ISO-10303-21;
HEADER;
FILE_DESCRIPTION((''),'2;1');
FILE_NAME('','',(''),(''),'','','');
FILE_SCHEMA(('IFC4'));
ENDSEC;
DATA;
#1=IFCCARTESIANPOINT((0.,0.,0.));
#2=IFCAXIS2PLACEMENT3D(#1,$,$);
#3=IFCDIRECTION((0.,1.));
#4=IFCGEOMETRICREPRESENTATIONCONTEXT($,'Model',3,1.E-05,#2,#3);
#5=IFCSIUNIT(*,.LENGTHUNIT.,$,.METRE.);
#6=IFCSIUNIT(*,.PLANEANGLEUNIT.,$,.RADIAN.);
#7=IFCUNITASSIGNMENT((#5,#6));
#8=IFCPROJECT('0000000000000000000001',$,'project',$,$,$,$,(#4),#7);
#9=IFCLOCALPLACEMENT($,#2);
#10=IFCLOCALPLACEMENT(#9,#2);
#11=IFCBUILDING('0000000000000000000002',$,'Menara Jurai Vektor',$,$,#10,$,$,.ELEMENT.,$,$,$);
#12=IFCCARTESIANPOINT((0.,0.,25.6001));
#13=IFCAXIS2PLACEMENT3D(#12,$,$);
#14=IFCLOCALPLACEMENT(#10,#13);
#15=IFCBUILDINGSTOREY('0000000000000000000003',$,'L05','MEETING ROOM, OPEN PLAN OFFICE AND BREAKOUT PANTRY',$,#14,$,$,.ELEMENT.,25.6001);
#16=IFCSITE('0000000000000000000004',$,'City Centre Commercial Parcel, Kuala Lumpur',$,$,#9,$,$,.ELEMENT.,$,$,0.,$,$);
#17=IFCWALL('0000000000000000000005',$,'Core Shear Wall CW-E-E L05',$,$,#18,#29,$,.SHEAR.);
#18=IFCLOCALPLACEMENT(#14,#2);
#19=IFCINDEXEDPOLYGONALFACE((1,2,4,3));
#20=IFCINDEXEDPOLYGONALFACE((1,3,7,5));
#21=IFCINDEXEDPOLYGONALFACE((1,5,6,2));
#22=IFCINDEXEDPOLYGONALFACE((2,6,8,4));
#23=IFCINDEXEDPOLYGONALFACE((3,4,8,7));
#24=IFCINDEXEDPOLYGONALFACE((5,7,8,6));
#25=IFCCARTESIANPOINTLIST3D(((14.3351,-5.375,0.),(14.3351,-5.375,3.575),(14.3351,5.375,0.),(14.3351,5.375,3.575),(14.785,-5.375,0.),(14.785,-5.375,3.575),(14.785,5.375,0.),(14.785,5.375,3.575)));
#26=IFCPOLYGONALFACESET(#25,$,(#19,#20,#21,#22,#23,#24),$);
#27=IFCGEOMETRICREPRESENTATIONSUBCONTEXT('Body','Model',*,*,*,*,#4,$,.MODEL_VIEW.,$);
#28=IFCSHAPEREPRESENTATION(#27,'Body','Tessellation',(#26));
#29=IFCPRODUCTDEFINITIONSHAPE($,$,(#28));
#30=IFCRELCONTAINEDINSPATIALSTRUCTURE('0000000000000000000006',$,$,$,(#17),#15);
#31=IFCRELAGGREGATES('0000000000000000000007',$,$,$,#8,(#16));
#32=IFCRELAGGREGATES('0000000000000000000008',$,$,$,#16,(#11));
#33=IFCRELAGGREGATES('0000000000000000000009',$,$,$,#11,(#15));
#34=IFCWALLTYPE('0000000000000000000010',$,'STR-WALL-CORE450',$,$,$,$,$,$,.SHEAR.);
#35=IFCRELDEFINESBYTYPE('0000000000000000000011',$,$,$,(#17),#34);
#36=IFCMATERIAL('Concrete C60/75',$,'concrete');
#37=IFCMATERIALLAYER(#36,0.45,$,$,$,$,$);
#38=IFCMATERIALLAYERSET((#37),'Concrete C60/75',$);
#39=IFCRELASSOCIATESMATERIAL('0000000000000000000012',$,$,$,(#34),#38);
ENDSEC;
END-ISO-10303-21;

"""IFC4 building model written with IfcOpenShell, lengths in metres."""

from ifc_helpers import new_model, si_unit, direction, frame, frame_2d, origin, place, context, subcontext, project, spatial, rectangle, extrude, material, layer, layer_set, type_object, element, save


model = new_model("IFC4")

# Units and contexts
model_context = context("Model", 3, precision=1e-05, world=origin(), true_north=direction((0.0, 1.0)))
body_context = subcontext(model_context, "Body", "Model", "MODEL_VIEW")
ifc_project = project(units=[si_unit("LENGTHUNIT", "METRE"), si_unit("PLANEANGLEUNIT", "RADIAN")], contexts=[model_context])

# Site, building, storey
site_placement = place(None, origin())
site = spatial("IfcSite", under=ifc_project, at=site_placement, Name="City Centre Commercial Parcel, Kuala Lumpur", CompositionType="ELEMENT", RefElevation=0.0)
building_placement = place(site_placement, origin())
building = spatial("IfcBuilding", under=site, at=building_placement, Name="Menara Jurai Vektor", CompositionType="ELEMENT")
storey_placement = place(building_placement, frame((0.0, 0.0, 25.6001)))
storey = spatial("IfcBuildingStorey", under=building, at=storey_placement, Name="L05", Description="MEETING ROOM, OPEN PLAN OFFICE AND BREAKOUT PANTRY", CompositionType="ELEMENT", Elevation=25.6001)

# Shared definitions
ifc_material_1 = material(Name="Concrete C60/75", Category="concrete")

# Wall
ifc_layer_1 = layer(ifc_material_1, 0.45)
ifc_layer_set_1 = layer_set([ifc_layer_1], Name="Concrete C60/75")
wall_type_1 = type_object("IfcWallType", Name="STR-WALL-CORE450", PredefinedType="SHEAR", material=ifc_layer_set_1)
wall_1_placement = place(storey_placement, frame((14.5601, -5.375, 0.0), z_axis=(0.0, 0.0, 1.0), x_axis=(0.0, 1.0, 0.0)))
element("IfcWall", 1, at=wall_1_placement, inside=storey, type_object=wall_type_1, Name="Core Shear Wall CW-E-E L05", PredefinedType="SHEAR", context=body_context, shape_type="SweptSolid", body=[
    extrude(rectangle(XDim=10.75, YDim=0.45, at=frame_2d((5.375, 0.0))), origin(), (0.0, 0.0, 1.0), 3.575),
])

save(model, "model.ifc")
